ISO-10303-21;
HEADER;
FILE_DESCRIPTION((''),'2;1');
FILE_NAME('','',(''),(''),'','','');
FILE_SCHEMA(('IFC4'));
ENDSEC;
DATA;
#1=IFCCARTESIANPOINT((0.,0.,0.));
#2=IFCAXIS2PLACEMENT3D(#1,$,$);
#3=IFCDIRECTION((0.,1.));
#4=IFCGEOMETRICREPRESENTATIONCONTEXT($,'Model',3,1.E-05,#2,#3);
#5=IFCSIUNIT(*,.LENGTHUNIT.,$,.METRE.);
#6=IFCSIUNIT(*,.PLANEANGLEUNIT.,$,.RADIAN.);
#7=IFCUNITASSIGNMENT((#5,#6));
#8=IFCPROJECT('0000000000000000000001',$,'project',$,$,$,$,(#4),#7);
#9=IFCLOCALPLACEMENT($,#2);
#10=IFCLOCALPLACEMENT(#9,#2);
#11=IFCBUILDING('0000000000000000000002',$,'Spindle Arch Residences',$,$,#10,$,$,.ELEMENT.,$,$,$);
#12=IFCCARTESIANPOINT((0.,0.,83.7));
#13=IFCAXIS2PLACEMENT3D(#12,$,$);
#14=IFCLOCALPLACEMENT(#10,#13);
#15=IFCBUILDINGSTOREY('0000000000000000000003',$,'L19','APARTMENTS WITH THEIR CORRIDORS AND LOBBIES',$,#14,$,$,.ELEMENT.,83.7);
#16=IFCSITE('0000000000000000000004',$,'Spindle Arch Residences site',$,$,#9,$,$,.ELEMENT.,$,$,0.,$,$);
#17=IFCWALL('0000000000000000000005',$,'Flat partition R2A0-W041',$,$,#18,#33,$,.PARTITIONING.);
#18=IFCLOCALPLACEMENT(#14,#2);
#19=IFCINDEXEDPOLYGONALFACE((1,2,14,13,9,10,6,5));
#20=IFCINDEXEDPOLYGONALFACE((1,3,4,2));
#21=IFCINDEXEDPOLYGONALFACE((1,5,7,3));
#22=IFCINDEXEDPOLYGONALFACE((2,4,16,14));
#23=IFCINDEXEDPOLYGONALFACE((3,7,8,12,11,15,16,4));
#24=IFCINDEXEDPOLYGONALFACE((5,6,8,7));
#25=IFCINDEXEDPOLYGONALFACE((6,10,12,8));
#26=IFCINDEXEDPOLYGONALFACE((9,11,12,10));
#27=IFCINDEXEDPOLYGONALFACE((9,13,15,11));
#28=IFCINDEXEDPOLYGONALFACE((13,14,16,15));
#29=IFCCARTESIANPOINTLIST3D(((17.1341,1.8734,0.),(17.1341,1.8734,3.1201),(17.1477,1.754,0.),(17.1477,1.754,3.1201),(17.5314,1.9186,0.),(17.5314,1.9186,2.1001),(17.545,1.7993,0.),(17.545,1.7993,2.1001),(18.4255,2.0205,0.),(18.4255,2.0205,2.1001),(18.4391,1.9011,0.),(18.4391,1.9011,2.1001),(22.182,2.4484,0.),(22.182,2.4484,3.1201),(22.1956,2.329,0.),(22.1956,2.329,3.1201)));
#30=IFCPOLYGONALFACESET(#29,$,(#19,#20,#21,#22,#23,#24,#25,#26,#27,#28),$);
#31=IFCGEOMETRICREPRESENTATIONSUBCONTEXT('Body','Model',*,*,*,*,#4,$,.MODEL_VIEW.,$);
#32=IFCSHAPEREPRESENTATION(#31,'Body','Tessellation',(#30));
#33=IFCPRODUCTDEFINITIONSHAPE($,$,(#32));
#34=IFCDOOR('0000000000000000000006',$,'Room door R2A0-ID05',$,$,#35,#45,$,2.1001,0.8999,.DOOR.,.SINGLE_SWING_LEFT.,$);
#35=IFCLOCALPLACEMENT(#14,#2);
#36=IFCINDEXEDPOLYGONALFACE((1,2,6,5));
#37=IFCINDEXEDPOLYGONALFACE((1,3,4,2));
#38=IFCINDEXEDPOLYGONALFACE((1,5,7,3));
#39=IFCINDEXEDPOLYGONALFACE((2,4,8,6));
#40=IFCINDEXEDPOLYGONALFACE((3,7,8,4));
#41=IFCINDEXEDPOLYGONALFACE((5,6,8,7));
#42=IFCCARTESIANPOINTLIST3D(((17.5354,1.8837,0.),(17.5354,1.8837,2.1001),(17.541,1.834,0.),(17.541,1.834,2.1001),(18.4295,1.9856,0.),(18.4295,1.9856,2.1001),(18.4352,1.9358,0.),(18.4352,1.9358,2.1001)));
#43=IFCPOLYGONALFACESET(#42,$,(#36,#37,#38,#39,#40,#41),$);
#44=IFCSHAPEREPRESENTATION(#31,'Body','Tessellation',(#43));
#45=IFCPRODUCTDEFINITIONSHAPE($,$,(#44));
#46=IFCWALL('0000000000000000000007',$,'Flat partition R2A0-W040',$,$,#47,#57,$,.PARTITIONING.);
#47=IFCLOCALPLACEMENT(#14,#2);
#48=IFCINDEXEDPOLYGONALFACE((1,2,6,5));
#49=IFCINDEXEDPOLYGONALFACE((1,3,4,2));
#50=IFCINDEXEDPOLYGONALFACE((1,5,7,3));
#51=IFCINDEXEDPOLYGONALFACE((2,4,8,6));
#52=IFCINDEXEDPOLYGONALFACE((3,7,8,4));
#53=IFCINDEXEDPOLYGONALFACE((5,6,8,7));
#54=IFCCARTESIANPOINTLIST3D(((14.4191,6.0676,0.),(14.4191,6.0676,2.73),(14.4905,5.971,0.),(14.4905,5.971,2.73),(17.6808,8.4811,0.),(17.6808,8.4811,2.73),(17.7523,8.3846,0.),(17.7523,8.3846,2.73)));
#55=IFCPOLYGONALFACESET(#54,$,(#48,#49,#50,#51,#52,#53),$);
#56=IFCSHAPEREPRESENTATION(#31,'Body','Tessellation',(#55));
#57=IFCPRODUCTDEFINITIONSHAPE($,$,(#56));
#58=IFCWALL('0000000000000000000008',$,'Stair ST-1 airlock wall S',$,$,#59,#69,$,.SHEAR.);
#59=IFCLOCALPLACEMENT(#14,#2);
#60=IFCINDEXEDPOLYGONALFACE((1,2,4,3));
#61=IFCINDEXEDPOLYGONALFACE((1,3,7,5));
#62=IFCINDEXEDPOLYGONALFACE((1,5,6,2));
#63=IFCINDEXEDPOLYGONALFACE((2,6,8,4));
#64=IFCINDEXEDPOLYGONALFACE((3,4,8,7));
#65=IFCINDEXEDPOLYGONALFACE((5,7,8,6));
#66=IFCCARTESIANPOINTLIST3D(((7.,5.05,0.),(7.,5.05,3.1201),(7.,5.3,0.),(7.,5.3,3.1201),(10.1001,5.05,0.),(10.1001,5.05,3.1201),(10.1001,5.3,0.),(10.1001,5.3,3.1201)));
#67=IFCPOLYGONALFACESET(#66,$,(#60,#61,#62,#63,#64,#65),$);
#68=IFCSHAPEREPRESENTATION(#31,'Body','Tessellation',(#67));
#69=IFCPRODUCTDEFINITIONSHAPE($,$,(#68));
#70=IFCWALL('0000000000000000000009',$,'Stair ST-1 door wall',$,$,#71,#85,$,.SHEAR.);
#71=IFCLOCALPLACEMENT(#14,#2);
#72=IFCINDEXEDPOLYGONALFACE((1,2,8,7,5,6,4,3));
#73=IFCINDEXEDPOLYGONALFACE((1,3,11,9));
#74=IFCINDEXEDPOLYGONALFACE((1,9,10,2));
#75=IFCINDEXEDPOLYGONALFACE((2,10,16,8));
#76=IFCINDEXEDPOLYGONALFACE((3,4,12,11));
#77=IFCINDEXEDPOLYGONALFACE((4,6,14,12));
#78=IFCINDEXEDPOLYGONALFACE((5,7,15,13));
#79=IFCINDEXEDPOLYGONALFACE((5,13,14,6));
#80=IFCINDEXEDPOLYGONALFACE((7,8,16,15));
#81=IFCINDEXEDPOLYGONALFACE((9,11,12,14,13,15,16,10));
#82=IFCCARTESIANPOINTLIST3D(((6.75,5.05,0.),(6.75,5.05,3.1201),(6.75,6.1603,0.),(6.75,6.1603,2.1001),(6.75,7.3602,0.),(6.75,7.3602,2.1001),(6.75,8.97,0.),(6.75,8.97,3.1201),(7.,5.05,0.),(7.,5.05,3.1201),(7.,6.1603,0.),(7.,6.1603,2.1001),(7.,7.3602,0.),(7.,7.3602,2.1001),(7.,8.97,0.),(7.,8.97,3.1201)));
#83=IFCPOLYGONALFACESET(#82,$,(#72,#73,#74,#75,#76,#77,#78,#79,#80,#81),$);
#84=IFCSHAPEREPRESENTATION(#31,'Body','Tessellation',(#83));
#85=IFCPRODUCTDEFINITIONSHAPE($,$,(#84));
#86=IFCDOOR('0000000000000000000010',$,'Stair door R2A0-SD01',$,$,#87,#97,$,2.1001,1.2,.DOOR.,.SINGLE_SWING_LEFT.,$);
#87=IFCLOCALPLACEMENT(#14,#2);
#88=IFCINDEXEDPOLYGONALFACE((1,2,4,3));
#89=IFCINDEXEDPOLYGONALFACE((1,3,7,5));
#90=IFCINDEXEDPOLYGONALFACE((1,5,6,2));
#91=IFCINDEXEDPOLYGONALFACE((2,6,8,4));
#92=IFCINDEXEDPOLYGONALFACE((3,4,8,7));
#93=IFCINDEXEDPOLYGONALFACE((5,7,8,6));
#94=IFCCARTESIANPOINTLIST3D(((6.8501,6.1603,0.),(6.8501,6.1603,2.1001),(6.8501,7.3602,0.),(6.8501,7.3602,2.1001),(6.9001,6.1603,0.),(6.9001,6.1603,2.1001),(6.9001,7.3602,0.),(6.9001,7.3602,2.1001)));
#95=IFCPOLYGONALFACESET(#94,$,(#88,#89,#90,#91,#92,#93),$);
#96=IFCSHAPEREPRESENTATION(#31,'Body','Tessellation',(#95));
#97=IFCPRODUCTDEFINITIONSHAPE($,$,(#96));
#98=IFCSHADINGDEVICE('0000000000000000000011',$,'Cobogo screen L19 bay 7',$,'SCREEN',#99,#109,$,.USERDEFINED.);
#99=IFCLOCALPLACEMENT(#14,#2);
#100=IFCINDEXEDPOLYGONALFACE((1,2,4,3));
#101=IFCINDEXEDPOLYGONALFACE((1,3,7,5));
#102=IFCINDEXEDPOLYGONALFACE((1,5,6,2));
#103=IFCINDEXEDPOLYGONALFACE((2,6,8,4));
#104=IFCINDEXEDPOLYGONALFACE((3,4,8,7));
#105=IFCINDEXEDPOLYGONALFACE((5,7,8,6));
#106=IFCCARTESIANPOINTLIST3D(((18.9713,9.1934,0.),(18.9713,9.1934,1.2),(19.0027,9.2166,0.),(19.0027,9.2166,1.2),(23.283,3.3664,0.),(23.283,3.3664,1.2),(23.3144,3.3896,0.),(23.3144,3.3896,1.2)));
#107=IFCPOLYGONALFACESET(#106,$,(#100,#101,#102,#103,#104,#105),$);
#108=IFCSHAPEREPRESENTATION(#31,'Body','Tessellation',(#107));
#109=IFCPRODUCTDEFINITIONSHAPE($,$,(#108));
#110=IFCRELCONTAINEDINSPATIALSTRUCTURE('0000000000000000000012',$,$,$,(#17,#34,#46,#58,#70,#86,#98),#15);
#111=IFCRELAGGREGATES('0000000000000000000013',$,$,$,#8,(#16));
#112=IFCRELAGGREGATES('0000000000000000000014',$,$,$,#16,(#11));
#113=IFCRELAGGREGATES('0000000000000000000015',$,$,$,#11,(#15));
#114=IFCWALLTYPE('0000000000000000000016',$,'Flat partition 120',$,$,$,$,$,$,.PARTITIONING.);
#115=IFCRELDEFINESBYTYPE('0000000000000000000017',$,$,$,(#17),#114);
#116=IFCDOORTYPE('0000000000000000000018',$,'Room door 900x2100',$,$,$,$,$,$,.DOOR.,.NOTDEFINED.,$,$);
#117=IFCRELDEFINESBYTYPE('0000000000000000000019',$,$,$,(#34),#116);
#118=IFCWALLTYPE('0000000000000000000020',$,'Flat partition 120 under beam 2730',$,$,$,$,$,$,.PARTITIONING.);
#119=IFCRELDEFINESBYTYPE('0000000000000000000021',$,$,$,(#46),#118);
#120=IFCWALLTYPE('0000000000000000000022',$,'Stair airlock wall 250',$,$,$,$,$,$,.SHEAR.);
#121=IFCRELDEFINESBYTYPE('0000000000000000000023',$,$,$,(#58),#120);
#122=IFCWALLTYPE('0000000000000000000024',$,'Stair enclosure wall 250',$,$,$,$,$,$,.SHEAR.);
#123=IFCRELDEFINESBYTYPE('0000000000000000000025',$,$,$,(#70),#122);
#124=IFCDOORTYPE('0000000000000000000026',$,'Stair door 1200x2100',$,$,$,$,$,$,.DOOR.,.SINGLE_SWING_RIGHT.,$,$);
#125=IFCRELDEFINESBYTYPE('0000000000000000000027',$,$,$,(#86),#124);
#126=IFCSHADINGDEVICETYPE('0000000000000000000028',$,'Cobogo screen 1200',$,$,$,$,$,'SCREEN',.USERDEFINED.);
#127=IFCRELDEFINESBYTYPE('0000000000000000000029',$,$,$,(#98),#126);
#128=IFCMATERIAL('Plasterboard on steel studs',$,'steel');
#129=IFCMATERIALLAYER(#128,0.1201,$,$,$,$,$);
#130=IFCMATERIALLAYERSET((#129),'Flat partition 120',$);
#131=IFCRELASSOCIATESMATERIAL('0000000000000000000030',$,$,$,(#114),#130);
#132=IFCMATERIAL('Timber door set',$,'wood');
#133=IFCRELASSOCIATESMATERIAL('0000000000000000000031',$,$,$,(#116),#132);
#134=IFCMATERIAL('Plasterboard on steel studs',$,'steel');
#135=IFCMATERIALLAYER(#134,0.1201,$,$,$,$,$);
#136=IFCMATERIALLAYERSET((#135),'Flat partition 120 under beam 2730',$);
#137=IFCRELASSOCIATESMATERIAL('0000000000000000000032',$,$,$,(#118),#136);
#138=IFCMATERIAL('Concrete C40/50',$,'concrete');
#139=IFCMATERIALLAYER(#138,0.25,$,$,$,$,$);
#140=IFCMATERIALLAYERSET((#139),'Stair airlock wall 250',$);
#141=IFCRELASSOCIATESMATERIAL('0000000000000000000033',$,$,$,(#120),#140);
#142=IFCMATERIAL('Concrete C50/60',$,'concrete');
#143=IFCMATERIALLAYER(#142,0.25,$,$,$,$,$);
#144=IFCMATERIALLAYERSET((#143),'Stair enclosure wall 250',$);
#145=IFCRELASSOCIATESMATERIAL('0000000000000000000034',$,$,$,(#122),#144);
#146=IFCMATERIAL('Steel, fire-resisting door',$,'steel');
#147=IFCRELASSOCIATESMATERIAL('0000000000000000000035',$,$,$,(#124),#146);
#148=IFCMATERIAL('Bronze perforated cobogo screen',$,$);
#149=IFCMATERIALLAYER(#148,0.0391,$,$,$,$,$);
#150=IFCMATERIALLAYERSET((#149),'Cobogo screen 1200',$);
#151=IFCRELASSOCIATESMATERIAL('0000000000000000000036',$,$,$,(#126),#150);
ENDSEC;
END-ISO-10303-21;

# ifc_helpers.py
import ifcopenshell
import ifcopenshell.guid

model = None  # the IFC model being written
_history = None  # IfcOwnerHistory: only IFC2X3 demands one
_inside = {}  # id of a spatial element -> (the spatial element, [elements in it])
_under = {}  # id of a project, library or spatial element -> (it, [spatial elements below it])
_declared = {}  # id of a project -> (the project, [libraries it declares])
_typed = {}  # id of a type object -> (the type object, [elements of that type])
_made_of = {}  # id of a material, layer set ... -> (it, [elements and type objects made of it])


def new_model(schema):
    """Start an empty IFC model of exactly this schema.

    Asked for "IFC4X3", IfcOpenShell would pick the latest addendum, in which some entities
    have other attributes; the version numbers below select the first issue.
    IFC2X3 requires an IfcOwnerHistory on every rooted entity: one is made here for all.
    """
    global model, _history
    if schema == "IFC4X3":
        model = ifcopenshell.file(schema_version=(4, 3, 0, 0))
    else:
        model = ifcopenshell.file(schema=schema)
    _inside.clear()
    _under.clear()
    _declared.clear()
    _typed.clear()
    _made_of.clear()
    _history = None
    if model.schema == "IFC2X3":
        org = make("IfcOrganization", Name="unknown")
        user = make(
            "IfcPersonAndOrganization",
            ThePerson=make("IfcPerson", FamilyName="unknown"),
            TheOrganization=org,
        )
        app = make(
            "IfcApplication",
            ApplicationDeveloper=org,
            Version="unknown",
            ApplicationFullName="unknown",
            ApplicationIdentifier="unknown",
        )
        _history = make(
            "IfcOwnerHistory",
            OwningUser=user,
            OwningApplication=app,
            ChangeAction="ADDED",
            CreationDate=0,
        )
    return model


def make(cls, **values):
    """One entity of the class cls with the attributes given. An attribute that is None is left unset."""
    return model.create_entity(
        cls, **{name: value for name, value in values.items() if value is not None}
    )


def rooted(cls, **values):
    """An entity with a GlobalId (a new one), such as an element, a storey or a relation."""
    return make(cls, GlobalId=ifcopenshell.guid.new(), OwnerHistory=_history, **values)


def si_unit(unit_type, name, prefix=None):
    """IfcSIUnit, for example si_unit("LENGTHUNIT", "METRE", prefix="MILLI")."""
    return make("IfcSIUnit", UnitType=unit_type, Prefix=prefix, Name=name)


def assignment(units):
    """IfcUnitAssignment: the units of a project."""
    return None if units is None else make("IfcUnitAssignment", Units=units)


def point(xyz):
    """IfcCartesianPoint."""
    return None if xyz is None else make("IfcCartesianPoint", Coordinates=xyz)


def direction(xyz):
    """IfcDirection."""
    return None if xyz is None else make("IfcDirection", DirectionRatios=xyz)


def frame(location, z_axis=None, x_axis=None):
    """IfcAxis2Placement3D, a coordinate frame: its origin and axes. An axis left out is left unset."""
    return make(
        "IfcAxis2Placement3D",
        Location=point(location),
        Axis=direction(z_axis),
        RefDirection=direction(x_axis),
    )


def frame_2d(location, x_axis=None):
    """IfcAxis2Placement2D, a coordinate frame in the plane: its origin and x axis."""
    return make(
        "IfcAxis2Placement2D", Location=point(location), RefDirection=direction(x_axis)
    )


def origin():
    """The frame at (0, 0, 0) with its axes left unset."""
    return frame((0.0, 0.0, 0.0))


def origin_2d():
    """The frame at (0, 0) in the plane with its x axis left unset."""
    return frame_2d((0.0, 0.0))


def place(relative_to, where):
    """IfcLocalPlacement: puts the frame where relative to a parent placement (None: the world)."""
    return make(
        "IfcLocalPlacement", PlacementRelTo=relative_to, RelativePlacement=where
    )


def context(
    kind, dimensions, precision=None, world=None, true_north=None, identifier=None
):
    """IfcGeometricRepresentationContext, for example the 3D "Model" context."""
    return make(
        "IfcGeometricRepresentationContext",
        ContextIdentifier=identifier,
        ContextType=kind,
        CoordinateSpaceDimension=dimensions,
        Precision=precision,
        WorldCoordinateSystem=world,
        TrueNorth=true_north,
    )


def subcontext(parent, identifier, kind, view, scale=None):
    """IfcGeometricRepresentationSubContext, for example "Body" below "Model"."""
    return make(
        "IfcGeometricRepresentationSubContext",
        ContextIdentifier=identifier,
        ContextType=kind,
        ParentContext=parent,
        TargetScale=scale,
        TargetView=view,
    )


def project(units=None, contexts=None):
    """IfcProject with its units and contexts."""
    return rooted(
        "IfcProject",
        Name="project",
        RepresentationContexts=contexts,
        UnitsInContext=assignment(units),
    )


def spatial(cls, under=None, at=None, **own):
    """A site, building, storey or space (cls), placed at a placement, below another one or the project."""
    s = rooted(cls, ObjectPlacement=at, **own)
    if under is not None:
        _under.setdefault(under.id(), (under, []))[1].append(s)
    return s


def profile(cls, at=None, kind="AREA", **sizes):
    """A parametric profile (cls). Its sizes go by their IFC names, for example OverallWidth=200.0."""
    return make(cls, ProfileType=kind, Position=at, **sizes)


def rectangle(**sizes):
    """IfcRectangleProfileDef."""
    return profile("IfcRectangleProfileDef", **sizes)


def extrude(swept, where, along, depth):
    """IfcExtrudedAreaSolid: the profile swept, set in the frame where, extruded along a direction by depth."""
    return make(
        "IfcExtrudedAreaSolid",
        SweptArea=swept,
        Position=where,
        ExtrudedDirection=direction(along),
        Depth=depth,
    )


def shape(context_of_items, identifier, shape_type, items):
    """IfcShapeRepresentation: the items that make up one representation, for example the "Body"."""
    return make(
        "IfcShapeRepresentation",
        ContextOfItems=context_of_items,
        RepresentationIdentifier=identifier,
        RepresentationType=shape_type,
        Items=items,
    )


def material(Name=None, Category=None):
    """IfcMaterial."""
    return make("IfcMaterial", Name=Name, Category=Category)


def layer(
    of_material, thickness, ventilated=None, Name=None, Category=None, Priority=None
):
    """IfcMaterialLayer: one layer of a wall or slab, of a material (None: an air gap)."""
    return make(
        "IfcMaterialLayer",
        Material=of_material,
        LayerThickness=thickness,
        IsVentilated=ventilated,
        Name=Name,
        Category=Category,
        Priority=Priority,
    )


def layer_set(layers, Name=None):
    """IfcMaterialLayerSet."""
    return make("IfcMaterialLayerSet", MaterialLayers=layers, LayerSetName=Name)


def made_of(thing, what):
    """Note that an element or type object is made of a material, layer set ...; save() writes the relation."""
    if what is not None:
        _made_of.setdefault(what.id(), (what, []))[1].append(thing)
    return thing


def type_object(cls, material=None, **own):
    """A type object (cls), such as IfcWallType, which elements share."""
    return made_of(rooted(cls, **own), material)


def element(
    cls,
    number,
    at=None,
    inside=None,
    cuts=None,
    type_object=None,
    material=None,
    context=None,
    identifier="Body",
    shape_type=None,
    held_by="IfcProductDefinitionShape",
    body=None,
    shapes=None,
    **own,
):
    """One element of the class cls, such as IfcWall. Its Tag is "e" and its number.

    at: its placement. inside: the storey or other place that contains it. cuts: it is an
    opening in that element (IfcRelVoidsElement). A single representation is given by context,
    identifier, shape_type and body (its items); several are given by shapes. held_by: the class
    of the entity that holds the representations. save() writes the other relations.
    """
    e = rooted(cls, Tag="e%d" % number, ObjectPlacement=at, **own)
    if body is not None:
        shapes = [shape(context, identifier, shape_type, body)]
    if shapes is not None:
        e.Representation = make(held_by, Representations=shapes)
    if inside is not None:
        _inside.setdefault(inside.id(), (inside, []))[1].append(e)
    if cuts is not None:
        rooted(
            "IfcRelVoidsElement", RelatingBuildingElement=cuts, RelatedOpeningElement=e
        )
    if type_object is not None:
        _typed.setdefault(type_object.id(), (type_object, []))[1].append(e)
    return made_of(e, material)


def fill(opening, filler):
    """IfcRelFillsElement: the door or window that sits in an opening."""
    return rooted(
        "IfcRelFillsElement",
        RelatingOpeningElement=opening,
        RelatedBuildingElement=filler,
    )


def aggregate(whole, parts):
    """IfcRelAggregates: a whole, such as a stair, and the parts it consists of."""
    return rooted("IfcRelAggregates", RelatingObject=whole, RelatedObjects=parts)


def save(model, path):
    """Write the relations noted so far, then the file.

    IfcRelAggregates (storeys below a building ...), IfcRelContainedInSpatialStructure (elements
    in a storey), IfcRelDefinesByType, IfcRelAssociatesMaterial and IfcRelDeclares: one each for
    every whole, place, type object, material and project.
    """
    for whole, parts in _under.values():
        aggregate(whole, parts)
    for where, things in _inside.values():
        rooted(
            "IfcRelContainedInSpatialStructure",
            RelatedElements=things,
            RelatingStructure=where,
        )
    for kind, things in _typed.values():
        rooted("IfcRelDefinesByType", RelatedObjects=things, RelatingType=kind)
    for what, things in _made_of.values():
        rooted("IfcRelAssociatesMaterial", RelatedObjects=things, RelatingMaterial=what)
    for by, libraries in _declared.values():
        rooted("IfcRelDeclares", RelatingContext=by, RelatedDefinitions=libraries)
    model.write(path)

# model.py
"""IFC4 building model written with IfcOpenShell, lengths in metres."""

from ifc_helpers import new_model, si_unit, direction, frame, frame_2d, origin, origin_2d, place, context, subcontext, project, spatial, rectangle, extrude, material, layer, layer_set, type_object, element, fill, save


model = new_model("IFC4")

# Units and contexts
model_context = context("Model", 3, precision=1e-05, world=origin(), true_north=direction((0.0, 1.0)))
body_context = subcontext(model_context, "Body", "Model", "MODEL_VIEW")
ifc_project = project(units=[si_unit("LENGTHUNIT", "METRE"), si_unit("PLANEANGLEUNIT", "RADIAN")], contexts=[model_context])

# Site, building, storey
site_placement = place(None, origin())
site = spatial("IfcSite", under=ifc_project, at=site_placement, Name="Spindle Arch Residences site", CompositionType="ELEMENT", RefElevation=0.0)
building_placement = place(site_placement, origin())
building = spatial("IfcBuilding", under=site, at=building_placement, Name="Spindle Arch Residences", CompositionType="ELEMENT")
storey_placement = place(building_placement, frame((0.0, 0.0, 83.7)))
storey = spatial("IfcBuildingStorey", under=building, at=storey_placement, Name="L19", Description="APARTMENTS WITH THEIR CORRIDORS AND LOBBIES", CompositionType="ELEMENT", Elevation=83.7)

# Shared definitions
ifc_material_1 = material(Name="Plasterboard on steel studs", Category="steel")
ifc_layer_1 = layer(ifc_material_1, 0.1201)
ifc_layer_set_1 = layer_set([ifc_layer_1], Name="Flat partition 120")
wall_type_1 = type_object("IfcWallType", Name="Flat partition 120", PredefinedType="PARTITIONING", material=ifc_layer_set_1)
ifc_material_2 = material(Name="Timber door set", Category="wood")
door_type_1 = type_object("IfcDoorType", Name="Room door 900x2100", OperationType="NOTDEFINED", PredefinedType="DOOR", material=ifc_material_2)

# Wall, opening, door
wall_1_placement = place(storey_placement, frame((17.1409, 1.8137, 0.0), z_axis=(0.0, 0.0, 1.0), x_axis=(0.993576, 0.113168, 0.0)))
wall_1 = element("IfcWall", 1, at=wall_1_placement, inside=storey, type_object=wall_type_1, Name="Flat partition R2A0-W041", PredefinedType="PARTITIONING", context=body_context, shape_type="SweptSolid", body=[
    extrude(rectangle(XDim=5.0806, YDim=0.1201, at=frame_2d((2.5403, 0.0))), origin(), (0.0, 0.0, 1.0), 3.1201),
])
opening_1_placement = place(wall_1_placement, frame((0.3999, 0.0, 0.0)))
opening_1 = element("IfcOpeningElement", 2, at=opening_1_placement, cuts=wall_1, PredefinedType="OPENING", context=body_context, shape_type="SweptSolid", body=[
    extrude(rectangle(XDim=0.8999, YDim=2.1001, at=frame_2d((0.45, 1.05))), frame((0.0, 0.0701, 0.0), z_axis=(0.0, -1.0, 0.0), x_axis=(1.0, 0.0, 0.0)), (0.0, 0.0, 1.0), 0.1401),
])
door_1_placement = place(opening_1_placement, origin())
door_1 = element("IfcDoor", 3, at=door_1_placement, inside=storey, type_object=door_type_1, Name="Room door R2A0-ID05", OperationType="SINGLE_SWING_LEFT", OverallHeight=2.1001, OverallWidth=0.8999, PredefinedType="DOOR", context=body_context, shape_type="SweptSolid", body=[
    extrude(rectangle(XDim=0.8999, YDim=2.1001, at=frame_2d((0.45, 1.05))), frame((0.0, 0.0249, 0.0), z_axis=(0.0, -1.0, 0.0), x_axis=(1.0, 0.0, 0.0)), (0.0, 0.0, 1.0), 0.05),
])
fill(opening_1, door_1)

# Wall
ifc_material_3 = material(Name="Plasterboard on steel studs", Category="steel")
ifc_layer_2 = layer(ifc_material_3, 0.1201)
ifc_layer_set_2 = layer_set([ifc_layer_2], Name="Flat partition 120 under beam 2730")
wall_type_2 = type_object("IfcWallType", Name="Flat partition 120 under beam 2730", PredefinedType="PARTITIONING", material=ifc_layer_set_2)
wall_2_placement = place(storey_placement, frame((17.7166, 8.4329, 0.0), z_axis=(0.0, 0.0, 1.0), x_axis=(-0.803853, -0.594827, 0.0)))
element("IfcWall", 4, at=wall_2_placement, inside=storey, type_object=wall_type_2, Name="Flat partition R2A0-W040", PredefinedType="PARTITIONING", context=body_context, shape_type="SweptSolid", body=[
    extrude(rectangle(XDim=4.0576, YDim=0.1201, at=frame_2d((2.0288, 0.0))), origin(), (0.0, 0.0, 1.0), 2.73),
])

# Wall
ifc_material_4 = material(Name="Concrete C40/50", Category="concrete")
ifc_layer_3 = layer(ifc_material_4, 0.25)
ifc_layer_set_3 = layer_set([ifc_layer_3], Name="Stair airlock wall 250")
wall_type_3 = type_object("IfcWallType", Name="Stair airlock wall 250", PredefinedType="SHEAR", material=ifc_layer_set_3)
wall_3_placement = place(storey_placement, frame((7.0, 5.175, 0.0), z_axis=(0.0, 0.0, 1.0), x_axis=(1.0, 0.0, 0.0)))
element("IfcWall", 5, at=wall_3_placement, inside=storey, type_object=wall_type_3, Name="Stair ST-1 airlock wall S", PredefinedType="SHEAR", context=body_context, shape_type="SweptSolid", body=[
    extrude(rectangle(XDim=3.1001, YDim=0.25, at=frame_2d((1.55, 0.0))), origin(), (0.0, 0.0, 1.0), 3.1201),
])

# Wall, opening, door
ifc_material_5 = material(Name="Concrete C50/60", Category="concrete")
ifc_layer_4 = layer(ifc_material_5, 0.25)
ifc_layer_set_4 = layer_set([ifc_layer_4], Name="Stair enclosure wall 250")
wall_type_4 = type_object("IfcWallType", Name="Stair enclosure wall 250", PredefinedType="SHEAR", material=ifc_layer_set_4)
wall_4_placement = place(storey_placement, frame((6.875, 5.05, 0.0), z_axis=(0.0, 0.0, 1.0), x_axis=(0.0, 1.0, 0.0)))
wall_4 = element("IfcWall", 6, at=wall_4_placement, inside=storey, type_object=wall_type_4, Name="Stair ST-1 door wall", PredefinedType="SHEAR", context=body_context, shape_type="SweptSolid", body=[
    extrude(rectangle(XDim=3.9199, YDim=0.25, at=frame_2d((1.96, 0.0))), origin(), (0.0, 0.0, 1.0), 3.1201),
])
opening_2_placement = place(wall_4_placement, frame((1.1101, 0.0, 0.0)))
opening_2 = element("IfcOpeningElement", 7, at=opening_2_placement, cuts=wall_4, PredefinedType="OPENING", context=body_context, shape_type="SweptSolid", body=[
    extrude(rectangle(XDim=1.2, YDim=2.1001, at=frame_2d((0.6001, 1.05))), frame((0.0, 0.135, 0.0), z_axis=(0.0, -1.0, 0.0), x_axis=(1.0, 0.0, 0.0)), (0.0, 0.0, 1.0), 0.27),
])
ifc_material_6 = material(Name="Steel, fire-resisting door", Category="steel")
door_type_2 = type_object("IfcDoorType", Name="Stair door 1200x2100", OperationType="SINGLE_SWING_RIGHT", PredefinedType="DOOR", material=ifc_material_6)
door_2_placement = place(opening_2_placement, origin())
door_2 = element("IfcDoor", 8, at=door_2_placement, inside=storey, type_object=door_type_2, Name="Stair door R2A0-SD01", OperationType="SINGLE_SWING_LEFT", OverallHeight=2.1001, OverallWidth=1.2, PredefinedType="DOOR", context=body_context, shape_type="SweptSolid", body=[
    extrude(rectangle(XDim=1.2, YDim=2.1001, at=frame_2d((0.6001, 1.05))), frame((0.0, 0.0249, 0.0), z_axis=(0.0, -1.0, 0.0), x_axis=(1.0, 0.0, 0.0)), (0.0, 0.0, 1.0), 0.05),
])
fill(opening_2, door_2)

# Shading device
ifc_material_7 = material(Name="Bronze perforated cobogo screen")
ifc_layer_5 = layer(ifc_material_7, 0.0391)
ifc_layer_set_5 = layer_set([ifc_layer_5], Name="Cobogo screen 1200")
shading_device_type = type_object("IfcShadingDeviceType", Name="Cobogo screen 1200", ElementType="SCREEN", PredefinedType="USERDEFINED", material=ifc_layer_set_5)
shading_device_placement = place(storey_placement, frame((21.1428, 6.2915, 0.0), z_axis=(0.0, 0.0, 1.0), x_axis=(-0.594823, 0.803857, 0.0)))
element("IfcShadingDevice", 9, at=shading_device_placement, inside=storey, type_object=shading_device_type, Name="Cobogo screen L19 bay 7", ObjectType="SCREEN", PredefinedType="USERDEFINED", context=body_context, shape_type="SweptSolid", body=[
    extrude(rectangle(XDim=7.2488, YDim=0.0391, at=origin_2d()), origin(), (0.0, 0.0, 1.0), 1.2),
])

save(model, "model.ifc")
